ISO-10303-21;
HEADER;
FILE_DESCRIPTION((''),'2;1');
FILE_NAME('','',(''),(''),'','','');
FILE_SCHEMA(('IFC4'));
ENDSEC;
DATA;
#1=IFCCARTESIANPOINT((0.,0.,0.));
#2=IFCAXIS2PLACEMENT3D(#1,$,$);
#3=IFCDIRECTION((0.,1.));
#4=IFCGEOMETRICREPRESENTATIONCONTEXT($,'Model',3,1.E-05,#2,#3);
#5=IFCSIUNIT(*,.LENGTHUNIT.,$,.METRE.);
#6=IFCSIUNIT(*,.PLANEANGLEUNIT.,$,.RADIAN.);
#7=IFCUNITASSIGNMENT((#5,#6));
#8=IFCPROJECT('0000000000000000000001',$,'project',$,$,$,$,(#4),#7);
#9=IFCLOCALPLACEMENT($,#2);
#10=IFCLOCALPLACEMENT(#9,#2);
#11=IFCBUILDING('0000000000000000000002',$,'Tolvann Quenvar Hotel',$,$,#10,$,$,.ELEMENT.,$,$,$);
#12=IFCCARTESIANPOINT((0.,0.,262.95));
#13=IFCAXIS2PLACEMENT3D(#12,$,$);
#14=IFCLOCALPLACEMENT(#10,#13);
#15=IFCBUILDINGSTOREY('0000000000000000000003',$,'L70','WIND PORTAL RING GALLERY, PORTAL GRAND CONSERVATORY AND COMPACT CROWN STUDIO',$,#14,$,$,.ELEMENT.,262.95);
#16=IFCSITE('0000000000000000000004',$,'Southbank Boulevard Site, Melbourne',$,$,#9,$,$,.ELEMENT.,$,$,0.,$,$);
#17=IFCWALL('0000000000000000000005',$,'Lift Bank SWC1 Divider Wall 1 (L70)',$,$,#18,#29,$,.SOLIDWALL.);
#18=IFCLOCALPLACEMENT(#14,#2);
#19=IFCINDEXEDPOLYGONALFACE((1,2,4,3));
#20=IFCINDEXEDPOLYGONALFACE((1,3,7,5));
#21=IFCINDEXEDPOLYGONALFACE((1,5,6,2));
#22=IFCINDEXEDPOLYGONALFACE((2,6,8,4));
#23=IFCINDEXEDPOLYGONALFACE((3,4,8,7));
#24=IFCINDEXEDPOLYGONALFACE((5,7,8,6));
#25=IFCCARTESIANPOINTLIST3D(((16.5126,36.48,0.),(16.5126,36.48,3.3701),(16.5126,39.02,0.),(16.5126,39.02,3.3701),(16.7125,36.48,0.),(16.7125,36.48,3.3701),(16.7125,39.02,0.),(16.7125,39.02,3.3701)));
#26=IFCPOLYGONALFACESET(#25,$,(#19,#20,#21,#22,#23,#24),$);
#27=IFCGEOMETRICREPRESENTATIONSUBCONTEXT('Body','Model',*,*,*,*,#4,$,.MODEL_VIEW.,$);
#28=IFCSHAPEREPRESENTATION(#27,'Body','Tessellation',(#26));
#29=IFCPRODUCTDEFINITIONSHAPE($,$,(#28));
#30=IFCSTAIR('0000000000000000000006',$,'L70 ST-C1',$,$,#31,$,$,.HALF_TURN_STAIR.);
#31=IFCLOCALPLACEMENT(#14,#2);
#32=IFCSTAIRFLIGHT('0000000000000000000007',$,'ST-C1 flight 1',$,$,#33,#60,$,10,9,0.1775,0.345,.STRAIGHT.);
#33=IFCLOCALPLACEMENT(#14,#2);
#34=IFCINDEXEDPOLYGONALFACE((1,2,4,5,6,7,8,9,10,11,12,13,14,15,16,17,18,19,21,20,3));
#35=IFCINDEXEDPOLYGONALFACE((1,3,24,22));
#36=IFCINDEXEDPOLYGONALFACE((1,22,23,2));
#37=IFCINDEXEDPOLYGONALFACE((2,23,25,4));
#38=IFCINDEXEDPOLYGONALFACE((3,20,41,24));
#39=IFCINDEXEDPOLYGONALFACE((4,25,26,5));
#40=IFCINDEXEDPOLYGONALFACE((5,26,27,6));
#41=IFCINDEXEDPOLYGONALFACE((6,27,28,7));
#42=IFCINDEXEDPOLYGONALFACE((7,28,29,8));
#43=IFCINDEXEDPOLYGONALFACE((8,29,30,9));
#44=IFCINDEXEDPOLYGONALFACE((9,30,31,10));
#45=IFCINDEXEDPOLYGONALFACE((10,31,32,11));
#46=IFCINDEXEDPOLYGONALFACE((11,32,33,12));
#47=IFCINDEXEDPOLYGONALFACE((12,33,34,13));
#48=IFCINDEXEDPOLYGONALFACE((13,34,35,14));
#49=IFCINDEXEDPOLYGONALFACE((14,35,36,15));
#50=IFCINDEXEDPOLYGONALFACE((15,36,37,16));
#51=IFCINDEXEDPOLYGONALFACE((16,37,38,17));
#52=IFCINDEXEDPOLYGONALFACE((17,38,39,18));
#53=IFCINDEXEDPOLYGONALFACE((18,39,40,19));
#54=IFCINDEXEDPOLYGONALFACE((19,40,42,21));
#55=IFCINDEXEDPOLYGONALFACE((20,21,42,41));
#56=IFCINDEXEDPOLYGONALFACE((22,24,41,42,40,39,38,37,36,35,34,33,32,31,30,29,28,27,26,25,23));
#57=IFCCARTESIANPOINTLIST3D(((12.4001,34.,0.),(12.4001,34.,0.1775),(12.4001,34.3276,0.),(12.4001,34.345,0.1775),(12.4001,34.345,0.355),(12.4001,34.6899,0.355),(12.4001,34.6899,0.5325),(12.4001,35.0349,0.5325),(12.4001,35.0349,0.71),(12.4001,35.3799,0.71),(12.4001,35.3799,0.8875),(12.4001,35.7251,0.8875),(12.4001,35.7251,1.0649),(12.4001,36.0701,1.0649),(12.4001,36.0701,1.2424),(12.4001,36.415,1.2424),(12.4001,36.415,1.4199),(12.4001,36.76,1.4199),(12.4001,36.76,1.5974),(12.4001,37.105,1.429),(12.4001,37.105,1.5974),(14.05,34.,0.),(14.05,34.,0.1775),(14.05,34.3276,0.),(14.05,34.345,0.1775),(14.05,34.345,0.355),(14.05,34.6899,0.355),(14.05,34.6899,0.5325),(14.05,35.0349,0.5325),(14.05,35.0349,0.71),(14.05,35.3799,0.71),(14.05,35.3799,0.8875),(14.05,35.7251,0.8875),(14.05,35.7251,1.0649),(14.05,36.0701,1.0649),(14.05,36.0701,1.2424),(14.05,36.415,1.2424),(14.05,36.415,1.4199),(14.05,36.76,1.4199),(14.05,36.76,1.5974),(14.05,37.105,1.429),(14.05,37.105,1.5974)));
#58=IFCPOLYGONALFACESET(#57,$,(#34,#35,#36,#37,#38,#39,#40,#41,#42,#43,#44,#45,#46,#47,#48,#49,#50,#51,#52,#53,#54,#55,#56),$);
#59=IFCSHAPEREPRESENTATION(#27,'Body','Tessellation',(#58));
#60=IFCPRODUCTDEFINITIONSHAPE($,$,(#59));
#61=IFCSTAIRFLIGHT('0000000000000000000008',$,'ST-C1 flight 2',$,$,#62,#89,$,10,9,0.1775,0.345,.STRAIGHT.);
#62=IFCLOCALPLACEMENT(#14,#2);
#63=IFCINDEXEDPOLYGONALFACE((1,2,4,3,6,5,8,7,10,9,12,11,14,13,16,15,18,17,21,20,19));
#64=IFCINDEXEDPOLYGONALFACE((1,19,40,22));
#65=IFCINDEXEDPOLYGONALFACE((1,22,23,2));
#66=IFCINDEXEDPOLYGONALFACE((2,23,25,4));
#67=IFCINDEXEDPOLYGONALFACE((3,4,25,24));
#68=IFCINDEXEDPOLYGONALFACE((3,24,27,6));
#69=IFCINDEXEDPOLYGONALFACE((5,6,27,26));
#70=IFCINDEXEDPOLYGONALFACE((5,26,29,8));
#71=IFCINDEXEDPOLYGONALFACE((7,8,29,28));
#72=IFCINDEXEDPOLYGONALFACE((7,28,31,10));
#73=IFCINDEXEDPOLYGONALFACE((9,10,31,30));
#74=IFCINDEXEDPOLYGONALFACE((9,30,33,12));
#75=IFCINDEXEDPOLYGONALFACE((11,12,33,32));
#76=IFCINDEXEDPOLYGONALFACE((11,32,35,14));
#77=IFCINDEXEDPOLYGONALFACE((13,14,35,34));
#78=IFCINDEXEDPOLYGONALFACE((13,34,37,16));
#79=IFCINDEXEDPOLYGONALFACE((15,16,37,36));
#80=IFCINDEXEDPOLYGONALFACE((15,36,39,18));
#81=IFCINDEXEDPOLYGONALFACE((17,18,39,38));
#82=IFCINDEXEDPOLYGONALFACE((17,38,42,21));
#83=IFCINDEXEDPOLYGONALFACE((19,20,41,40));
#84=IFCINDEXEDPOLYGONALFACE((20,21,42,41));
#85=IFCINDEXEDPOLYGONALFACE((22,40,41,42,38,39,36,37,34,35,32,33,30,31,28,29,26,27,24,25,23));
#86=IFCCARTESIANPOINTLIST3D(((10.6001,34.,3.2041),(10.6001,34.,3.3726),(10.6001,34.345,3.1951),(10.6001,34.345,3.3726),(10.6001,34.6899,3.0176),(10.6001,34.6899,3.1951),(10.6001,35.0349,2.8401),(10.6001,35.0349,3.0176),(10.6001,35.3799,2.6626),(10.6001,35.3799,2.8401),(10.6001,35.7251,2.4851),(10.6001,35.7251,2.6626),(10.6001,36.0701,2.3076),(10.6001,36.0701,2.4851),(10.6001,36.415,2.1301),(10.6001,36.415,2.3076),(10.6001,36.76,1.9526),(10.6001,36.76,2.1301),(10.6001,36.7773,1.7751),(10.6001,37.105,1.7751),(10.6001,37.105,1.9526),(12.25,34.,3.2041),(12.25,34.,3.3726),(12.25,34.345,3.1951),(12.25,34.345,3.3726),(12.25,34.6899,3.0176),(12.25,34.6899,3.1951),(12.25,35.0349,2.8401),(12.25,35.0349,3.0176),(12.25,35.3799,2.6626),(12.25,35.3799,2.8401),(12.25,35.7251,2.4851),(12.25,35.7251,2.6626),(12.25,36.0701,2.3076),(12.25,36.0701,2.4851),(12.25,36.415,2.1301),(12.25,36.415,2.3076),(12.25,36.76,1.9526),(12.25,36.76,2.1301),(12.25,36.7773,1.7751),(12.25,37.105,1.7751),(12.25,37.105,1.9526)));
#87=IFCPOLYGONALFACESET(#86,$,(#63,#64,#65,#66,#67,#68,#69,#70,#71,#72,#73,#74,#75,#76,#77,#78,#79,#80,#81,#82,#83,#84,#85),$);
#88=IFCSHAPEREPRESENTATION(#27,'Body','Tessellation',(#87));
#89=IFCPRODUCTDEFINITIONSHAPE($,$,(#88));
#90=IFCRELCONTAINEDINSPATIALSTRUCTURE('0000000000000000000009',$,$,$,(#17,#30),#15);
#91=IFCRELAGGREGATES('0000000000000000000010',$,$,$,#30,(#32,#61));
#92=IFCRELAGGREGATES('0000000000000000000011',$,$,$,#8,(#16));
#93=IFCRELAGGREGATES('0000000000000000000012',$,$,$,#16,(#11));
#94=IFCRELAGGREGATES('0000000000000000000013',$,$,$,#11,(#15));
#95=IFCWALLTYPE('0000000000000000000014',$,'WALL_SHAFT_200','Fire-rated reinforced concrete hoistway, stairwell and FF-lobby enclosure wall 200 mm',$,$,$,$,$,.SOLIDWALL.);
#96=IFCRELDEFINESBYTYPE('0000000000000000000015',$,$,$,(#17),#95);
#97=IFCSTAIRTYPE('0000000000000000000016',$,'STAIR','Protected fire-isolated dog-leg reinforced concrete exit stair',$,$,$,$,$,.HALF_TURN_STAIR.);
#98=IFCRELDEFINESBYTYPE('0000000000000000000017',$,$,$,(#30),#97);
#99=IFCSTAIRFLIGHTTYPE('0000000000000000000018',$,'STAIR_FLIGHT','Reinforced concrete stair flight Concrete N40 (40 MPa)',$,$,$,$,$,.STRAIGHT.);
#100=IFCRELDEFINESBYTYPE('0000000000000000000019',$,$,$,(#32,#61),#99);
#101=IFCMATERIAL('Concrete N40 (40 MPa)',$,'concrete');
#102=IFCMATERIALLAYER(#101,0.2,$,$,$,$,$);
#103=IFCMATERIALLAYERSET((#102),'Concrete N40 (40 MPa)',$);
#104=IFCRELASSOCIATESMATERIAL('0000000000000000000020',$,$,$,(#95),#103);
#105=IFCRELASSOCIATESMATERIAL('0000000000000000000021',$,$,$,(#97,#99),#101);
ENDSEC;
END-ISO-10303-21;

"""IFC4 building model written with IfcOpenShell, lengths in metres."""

from ifc_helpers import new_model, si_unit, direction, frame, frame_2d, origin, place, context, subcontext, project, spatial, polyline, rectangle, outline, extrude, material, layer, layer_set, type_object, element, aggregate, save


model = new_model("IFC4")

# Units and contexts
model_context = context("Model", 3, precision=1e-05, world=origin(), true_north=direction((0.0, 1.0)))
body_context = subcontext(model_context, "Body", "Model", "MODEL_VIEW")
ifc_project = project(units=[si_unit("LENGTHUNIT", "METRE"), si_unit("PLANEANGLEUNIT", "RADIAN")], contexts=[model_context])

# Site, building, storey
site_placement = place(None, origin())
site = spatial("IfcSite", under=ifc_project, at=site_placement, Name="Southbank Boulevard Site, Melbourne", CompositionType="ELEMENT", RefElevation=0.0)
building_placement = place(site_placement, origin())
building = spatial("IfcBuilding", under=site, at=building_placement, Name="Tolvann Quenvar Hotel", CompositionType="ELEMENT")
storey_placement = place(building_placement, frame((0.0, 0.0, 262.95)))
storey = spatial("IfcBuildingStorey", under=building, at=storey_placement, Name="L70", Description="WIND PORTAL RING GALLERY, PORTAL GRAND CONSERVATORY AND COMPACT CROWN STUDIO", CompositionType="ELEMENT", Elevation=262.95)

# Shared definitions
ifc_material_1 = material(Name="Concrete N40 (40 MPa)", Category="concrete")
ifc_layer_1 = layer(ifc_material_1, 0.2)
ifc_layer_set_1 = layer_set([ifc_layer_1], Name="Concrete N40 (40 MPa)")
wall_type_1 = type_object("IfcWallType", Name="WALL_SHAFT_200", Description="Fire-rated reinforced concrete hoistway, stairwell and FF-lobby enclosure wall 200 mm", PredefinedType="SOLIDWALL", material=ifc_layer_set_1)

# Wall
for number, where, z_axis, x_axis, name in (
    (1, (16.6125, 36.48, 0.0), (0.0, 0.0, 1.0), (0.0, 1.0, 0.0), "Lift Bank SWC1 Divider Wall 1 (L70)"),
):
    element("IfcWall", number, at=place(storey_placement, frame(where, z_axis=z_axis, x_axis=x_axis)), inside=storey, type_object=wall_type_1, Name=name, PredefinedType="SOLIDWALL", context=body_context, shape_type="SweptSolid", body=[
        extrude(rectangle(XDim=2.54, YDim=0.2, at=frame_2d((1.27, 0.0))), origin(), (0.0, 0.0, 1.0), 3.3701),
    ])

# Stair, stair flights
stair_type = type_object("IfcStairType", Name="STAIR", Description="Protected fire-isolated dog-leg reinforced concrete exit stair", PredefinedType="HALF_TURN_STAIR", material=ifc_material_1)
stair_placement = place(storey_placement, origin())
stair = element("IfcStair", 2, at=stair_placement, inside=storey, type_object=stair_type, Name="L70 ST-C1", PredefinedType="HALF_TURN_STAIR")
stair_flight_type = type_object("IfcStairFlightType", Name="STAIR_FLIGHT", Description="Reinforced concrete stair flight Concrete N40 (40 MPa)", PredefinedType="STRAIGHT", material=ifc_material_1)
stair_flight_1_placement = place(storey_placement, frame((13.2251, 34.0, 0.0), z_axis=(0.0, 0.0, 1.0), x_axis=(0.0, 1.0, 0.0)))
stair_flight_1 = element("IfcStairFlight", 3, at=stair_flight_1_placement, type_object=stair_flight_type, Name="ST-C1 flight 1", NumberOfRisers=10, NumberOfTreads=9, PredefinedType="STRAIGHT", RiserHeight=0.1775, TreadLength=0.345, context=body_context, shape_type="SweptSolid", body=[
    extrude(outline(polyline([(0.0, 0.0), (0.0, 0.1775), (0.345, 0.1775), (0.345, 0.355), (0.6899, 0.355), (0.6899, 0.5325), (1.0349, 0.5325), (1.0349, 0.71), (1.3799, 0.71), (1.3799, 0.8875), (1.7251, 0.8875), (1.7251, 1.0649), (2.0701, 1.0649), (2.0701, 1.2424), (2.415, 1.2424), (2.415, 1.4199), (2.76, 1.4199), (2.76, 1.5974), (3.105, 1.5974), (3.105, 1.7749), (3.105, 1.429), (0.3276, 0.0), (0.0, 0.0)])), frame((0.0, 0.825, 0.0), z_axis=(0.0, -1.0, 0.0), x_axis=(1.0, 0.0, 0.0)), (0.0, 0.0, 1.0), 1.6499),
])
stair_flight_2_placement = place(storey_placement, frame((11.425, 37.105, 1.7751), z_axis=(0.0, 0.0, 1.0), x_axis=(0.0, -1.0, 0.0)))
stair_flight_2 = element("IfcStairFlight", 4, at=stair_flight_2_placement, type_object=stair_flight_type, Name="ST-C1 flight 2", NumberOfRisers=10, NumberOfTreads=9, PredefinedType="STRAIGHT", RiserHeight=0.1775, TreadLength=0.345, context=body_context, shape_type="SweptSolid", body=[
    extrude(outline(polyline([(0.0, 0.0), (0.0, 0.1775), (0.345, 0.1775), (0.345, 0.355), (0.6899, 0.355), (0.6899, 0.5325), (1.0349, 0.5325), (1.0349, 0.71), (1.3799, 0.71), (1.3799, 0.8875), (1.7251, 0.8875), (1.7251, 1.0649), (2.0701, 1.0649), (2.0701, 1.2424), (2.415, 1.2424), (2.415, 1.4199), (2.76, 1.4199), (2.76, 1.5974), (3.105, 1.5974), (3.105, 1.7749), (3.105, 1.429), (0.3276, 0.0), (0.0, 0.0)])), frame((0.0, 0.825, 0.0), z_axis=(0.0, -1.0, 0.0), x_axis=(1.0, 0.0, 0.0)), (0.0, 0.0, 1.0), 1.6499),
])
aggregate(stair, [stair_flight_1, stair_flight_2])

save(model, "model.ifc")
